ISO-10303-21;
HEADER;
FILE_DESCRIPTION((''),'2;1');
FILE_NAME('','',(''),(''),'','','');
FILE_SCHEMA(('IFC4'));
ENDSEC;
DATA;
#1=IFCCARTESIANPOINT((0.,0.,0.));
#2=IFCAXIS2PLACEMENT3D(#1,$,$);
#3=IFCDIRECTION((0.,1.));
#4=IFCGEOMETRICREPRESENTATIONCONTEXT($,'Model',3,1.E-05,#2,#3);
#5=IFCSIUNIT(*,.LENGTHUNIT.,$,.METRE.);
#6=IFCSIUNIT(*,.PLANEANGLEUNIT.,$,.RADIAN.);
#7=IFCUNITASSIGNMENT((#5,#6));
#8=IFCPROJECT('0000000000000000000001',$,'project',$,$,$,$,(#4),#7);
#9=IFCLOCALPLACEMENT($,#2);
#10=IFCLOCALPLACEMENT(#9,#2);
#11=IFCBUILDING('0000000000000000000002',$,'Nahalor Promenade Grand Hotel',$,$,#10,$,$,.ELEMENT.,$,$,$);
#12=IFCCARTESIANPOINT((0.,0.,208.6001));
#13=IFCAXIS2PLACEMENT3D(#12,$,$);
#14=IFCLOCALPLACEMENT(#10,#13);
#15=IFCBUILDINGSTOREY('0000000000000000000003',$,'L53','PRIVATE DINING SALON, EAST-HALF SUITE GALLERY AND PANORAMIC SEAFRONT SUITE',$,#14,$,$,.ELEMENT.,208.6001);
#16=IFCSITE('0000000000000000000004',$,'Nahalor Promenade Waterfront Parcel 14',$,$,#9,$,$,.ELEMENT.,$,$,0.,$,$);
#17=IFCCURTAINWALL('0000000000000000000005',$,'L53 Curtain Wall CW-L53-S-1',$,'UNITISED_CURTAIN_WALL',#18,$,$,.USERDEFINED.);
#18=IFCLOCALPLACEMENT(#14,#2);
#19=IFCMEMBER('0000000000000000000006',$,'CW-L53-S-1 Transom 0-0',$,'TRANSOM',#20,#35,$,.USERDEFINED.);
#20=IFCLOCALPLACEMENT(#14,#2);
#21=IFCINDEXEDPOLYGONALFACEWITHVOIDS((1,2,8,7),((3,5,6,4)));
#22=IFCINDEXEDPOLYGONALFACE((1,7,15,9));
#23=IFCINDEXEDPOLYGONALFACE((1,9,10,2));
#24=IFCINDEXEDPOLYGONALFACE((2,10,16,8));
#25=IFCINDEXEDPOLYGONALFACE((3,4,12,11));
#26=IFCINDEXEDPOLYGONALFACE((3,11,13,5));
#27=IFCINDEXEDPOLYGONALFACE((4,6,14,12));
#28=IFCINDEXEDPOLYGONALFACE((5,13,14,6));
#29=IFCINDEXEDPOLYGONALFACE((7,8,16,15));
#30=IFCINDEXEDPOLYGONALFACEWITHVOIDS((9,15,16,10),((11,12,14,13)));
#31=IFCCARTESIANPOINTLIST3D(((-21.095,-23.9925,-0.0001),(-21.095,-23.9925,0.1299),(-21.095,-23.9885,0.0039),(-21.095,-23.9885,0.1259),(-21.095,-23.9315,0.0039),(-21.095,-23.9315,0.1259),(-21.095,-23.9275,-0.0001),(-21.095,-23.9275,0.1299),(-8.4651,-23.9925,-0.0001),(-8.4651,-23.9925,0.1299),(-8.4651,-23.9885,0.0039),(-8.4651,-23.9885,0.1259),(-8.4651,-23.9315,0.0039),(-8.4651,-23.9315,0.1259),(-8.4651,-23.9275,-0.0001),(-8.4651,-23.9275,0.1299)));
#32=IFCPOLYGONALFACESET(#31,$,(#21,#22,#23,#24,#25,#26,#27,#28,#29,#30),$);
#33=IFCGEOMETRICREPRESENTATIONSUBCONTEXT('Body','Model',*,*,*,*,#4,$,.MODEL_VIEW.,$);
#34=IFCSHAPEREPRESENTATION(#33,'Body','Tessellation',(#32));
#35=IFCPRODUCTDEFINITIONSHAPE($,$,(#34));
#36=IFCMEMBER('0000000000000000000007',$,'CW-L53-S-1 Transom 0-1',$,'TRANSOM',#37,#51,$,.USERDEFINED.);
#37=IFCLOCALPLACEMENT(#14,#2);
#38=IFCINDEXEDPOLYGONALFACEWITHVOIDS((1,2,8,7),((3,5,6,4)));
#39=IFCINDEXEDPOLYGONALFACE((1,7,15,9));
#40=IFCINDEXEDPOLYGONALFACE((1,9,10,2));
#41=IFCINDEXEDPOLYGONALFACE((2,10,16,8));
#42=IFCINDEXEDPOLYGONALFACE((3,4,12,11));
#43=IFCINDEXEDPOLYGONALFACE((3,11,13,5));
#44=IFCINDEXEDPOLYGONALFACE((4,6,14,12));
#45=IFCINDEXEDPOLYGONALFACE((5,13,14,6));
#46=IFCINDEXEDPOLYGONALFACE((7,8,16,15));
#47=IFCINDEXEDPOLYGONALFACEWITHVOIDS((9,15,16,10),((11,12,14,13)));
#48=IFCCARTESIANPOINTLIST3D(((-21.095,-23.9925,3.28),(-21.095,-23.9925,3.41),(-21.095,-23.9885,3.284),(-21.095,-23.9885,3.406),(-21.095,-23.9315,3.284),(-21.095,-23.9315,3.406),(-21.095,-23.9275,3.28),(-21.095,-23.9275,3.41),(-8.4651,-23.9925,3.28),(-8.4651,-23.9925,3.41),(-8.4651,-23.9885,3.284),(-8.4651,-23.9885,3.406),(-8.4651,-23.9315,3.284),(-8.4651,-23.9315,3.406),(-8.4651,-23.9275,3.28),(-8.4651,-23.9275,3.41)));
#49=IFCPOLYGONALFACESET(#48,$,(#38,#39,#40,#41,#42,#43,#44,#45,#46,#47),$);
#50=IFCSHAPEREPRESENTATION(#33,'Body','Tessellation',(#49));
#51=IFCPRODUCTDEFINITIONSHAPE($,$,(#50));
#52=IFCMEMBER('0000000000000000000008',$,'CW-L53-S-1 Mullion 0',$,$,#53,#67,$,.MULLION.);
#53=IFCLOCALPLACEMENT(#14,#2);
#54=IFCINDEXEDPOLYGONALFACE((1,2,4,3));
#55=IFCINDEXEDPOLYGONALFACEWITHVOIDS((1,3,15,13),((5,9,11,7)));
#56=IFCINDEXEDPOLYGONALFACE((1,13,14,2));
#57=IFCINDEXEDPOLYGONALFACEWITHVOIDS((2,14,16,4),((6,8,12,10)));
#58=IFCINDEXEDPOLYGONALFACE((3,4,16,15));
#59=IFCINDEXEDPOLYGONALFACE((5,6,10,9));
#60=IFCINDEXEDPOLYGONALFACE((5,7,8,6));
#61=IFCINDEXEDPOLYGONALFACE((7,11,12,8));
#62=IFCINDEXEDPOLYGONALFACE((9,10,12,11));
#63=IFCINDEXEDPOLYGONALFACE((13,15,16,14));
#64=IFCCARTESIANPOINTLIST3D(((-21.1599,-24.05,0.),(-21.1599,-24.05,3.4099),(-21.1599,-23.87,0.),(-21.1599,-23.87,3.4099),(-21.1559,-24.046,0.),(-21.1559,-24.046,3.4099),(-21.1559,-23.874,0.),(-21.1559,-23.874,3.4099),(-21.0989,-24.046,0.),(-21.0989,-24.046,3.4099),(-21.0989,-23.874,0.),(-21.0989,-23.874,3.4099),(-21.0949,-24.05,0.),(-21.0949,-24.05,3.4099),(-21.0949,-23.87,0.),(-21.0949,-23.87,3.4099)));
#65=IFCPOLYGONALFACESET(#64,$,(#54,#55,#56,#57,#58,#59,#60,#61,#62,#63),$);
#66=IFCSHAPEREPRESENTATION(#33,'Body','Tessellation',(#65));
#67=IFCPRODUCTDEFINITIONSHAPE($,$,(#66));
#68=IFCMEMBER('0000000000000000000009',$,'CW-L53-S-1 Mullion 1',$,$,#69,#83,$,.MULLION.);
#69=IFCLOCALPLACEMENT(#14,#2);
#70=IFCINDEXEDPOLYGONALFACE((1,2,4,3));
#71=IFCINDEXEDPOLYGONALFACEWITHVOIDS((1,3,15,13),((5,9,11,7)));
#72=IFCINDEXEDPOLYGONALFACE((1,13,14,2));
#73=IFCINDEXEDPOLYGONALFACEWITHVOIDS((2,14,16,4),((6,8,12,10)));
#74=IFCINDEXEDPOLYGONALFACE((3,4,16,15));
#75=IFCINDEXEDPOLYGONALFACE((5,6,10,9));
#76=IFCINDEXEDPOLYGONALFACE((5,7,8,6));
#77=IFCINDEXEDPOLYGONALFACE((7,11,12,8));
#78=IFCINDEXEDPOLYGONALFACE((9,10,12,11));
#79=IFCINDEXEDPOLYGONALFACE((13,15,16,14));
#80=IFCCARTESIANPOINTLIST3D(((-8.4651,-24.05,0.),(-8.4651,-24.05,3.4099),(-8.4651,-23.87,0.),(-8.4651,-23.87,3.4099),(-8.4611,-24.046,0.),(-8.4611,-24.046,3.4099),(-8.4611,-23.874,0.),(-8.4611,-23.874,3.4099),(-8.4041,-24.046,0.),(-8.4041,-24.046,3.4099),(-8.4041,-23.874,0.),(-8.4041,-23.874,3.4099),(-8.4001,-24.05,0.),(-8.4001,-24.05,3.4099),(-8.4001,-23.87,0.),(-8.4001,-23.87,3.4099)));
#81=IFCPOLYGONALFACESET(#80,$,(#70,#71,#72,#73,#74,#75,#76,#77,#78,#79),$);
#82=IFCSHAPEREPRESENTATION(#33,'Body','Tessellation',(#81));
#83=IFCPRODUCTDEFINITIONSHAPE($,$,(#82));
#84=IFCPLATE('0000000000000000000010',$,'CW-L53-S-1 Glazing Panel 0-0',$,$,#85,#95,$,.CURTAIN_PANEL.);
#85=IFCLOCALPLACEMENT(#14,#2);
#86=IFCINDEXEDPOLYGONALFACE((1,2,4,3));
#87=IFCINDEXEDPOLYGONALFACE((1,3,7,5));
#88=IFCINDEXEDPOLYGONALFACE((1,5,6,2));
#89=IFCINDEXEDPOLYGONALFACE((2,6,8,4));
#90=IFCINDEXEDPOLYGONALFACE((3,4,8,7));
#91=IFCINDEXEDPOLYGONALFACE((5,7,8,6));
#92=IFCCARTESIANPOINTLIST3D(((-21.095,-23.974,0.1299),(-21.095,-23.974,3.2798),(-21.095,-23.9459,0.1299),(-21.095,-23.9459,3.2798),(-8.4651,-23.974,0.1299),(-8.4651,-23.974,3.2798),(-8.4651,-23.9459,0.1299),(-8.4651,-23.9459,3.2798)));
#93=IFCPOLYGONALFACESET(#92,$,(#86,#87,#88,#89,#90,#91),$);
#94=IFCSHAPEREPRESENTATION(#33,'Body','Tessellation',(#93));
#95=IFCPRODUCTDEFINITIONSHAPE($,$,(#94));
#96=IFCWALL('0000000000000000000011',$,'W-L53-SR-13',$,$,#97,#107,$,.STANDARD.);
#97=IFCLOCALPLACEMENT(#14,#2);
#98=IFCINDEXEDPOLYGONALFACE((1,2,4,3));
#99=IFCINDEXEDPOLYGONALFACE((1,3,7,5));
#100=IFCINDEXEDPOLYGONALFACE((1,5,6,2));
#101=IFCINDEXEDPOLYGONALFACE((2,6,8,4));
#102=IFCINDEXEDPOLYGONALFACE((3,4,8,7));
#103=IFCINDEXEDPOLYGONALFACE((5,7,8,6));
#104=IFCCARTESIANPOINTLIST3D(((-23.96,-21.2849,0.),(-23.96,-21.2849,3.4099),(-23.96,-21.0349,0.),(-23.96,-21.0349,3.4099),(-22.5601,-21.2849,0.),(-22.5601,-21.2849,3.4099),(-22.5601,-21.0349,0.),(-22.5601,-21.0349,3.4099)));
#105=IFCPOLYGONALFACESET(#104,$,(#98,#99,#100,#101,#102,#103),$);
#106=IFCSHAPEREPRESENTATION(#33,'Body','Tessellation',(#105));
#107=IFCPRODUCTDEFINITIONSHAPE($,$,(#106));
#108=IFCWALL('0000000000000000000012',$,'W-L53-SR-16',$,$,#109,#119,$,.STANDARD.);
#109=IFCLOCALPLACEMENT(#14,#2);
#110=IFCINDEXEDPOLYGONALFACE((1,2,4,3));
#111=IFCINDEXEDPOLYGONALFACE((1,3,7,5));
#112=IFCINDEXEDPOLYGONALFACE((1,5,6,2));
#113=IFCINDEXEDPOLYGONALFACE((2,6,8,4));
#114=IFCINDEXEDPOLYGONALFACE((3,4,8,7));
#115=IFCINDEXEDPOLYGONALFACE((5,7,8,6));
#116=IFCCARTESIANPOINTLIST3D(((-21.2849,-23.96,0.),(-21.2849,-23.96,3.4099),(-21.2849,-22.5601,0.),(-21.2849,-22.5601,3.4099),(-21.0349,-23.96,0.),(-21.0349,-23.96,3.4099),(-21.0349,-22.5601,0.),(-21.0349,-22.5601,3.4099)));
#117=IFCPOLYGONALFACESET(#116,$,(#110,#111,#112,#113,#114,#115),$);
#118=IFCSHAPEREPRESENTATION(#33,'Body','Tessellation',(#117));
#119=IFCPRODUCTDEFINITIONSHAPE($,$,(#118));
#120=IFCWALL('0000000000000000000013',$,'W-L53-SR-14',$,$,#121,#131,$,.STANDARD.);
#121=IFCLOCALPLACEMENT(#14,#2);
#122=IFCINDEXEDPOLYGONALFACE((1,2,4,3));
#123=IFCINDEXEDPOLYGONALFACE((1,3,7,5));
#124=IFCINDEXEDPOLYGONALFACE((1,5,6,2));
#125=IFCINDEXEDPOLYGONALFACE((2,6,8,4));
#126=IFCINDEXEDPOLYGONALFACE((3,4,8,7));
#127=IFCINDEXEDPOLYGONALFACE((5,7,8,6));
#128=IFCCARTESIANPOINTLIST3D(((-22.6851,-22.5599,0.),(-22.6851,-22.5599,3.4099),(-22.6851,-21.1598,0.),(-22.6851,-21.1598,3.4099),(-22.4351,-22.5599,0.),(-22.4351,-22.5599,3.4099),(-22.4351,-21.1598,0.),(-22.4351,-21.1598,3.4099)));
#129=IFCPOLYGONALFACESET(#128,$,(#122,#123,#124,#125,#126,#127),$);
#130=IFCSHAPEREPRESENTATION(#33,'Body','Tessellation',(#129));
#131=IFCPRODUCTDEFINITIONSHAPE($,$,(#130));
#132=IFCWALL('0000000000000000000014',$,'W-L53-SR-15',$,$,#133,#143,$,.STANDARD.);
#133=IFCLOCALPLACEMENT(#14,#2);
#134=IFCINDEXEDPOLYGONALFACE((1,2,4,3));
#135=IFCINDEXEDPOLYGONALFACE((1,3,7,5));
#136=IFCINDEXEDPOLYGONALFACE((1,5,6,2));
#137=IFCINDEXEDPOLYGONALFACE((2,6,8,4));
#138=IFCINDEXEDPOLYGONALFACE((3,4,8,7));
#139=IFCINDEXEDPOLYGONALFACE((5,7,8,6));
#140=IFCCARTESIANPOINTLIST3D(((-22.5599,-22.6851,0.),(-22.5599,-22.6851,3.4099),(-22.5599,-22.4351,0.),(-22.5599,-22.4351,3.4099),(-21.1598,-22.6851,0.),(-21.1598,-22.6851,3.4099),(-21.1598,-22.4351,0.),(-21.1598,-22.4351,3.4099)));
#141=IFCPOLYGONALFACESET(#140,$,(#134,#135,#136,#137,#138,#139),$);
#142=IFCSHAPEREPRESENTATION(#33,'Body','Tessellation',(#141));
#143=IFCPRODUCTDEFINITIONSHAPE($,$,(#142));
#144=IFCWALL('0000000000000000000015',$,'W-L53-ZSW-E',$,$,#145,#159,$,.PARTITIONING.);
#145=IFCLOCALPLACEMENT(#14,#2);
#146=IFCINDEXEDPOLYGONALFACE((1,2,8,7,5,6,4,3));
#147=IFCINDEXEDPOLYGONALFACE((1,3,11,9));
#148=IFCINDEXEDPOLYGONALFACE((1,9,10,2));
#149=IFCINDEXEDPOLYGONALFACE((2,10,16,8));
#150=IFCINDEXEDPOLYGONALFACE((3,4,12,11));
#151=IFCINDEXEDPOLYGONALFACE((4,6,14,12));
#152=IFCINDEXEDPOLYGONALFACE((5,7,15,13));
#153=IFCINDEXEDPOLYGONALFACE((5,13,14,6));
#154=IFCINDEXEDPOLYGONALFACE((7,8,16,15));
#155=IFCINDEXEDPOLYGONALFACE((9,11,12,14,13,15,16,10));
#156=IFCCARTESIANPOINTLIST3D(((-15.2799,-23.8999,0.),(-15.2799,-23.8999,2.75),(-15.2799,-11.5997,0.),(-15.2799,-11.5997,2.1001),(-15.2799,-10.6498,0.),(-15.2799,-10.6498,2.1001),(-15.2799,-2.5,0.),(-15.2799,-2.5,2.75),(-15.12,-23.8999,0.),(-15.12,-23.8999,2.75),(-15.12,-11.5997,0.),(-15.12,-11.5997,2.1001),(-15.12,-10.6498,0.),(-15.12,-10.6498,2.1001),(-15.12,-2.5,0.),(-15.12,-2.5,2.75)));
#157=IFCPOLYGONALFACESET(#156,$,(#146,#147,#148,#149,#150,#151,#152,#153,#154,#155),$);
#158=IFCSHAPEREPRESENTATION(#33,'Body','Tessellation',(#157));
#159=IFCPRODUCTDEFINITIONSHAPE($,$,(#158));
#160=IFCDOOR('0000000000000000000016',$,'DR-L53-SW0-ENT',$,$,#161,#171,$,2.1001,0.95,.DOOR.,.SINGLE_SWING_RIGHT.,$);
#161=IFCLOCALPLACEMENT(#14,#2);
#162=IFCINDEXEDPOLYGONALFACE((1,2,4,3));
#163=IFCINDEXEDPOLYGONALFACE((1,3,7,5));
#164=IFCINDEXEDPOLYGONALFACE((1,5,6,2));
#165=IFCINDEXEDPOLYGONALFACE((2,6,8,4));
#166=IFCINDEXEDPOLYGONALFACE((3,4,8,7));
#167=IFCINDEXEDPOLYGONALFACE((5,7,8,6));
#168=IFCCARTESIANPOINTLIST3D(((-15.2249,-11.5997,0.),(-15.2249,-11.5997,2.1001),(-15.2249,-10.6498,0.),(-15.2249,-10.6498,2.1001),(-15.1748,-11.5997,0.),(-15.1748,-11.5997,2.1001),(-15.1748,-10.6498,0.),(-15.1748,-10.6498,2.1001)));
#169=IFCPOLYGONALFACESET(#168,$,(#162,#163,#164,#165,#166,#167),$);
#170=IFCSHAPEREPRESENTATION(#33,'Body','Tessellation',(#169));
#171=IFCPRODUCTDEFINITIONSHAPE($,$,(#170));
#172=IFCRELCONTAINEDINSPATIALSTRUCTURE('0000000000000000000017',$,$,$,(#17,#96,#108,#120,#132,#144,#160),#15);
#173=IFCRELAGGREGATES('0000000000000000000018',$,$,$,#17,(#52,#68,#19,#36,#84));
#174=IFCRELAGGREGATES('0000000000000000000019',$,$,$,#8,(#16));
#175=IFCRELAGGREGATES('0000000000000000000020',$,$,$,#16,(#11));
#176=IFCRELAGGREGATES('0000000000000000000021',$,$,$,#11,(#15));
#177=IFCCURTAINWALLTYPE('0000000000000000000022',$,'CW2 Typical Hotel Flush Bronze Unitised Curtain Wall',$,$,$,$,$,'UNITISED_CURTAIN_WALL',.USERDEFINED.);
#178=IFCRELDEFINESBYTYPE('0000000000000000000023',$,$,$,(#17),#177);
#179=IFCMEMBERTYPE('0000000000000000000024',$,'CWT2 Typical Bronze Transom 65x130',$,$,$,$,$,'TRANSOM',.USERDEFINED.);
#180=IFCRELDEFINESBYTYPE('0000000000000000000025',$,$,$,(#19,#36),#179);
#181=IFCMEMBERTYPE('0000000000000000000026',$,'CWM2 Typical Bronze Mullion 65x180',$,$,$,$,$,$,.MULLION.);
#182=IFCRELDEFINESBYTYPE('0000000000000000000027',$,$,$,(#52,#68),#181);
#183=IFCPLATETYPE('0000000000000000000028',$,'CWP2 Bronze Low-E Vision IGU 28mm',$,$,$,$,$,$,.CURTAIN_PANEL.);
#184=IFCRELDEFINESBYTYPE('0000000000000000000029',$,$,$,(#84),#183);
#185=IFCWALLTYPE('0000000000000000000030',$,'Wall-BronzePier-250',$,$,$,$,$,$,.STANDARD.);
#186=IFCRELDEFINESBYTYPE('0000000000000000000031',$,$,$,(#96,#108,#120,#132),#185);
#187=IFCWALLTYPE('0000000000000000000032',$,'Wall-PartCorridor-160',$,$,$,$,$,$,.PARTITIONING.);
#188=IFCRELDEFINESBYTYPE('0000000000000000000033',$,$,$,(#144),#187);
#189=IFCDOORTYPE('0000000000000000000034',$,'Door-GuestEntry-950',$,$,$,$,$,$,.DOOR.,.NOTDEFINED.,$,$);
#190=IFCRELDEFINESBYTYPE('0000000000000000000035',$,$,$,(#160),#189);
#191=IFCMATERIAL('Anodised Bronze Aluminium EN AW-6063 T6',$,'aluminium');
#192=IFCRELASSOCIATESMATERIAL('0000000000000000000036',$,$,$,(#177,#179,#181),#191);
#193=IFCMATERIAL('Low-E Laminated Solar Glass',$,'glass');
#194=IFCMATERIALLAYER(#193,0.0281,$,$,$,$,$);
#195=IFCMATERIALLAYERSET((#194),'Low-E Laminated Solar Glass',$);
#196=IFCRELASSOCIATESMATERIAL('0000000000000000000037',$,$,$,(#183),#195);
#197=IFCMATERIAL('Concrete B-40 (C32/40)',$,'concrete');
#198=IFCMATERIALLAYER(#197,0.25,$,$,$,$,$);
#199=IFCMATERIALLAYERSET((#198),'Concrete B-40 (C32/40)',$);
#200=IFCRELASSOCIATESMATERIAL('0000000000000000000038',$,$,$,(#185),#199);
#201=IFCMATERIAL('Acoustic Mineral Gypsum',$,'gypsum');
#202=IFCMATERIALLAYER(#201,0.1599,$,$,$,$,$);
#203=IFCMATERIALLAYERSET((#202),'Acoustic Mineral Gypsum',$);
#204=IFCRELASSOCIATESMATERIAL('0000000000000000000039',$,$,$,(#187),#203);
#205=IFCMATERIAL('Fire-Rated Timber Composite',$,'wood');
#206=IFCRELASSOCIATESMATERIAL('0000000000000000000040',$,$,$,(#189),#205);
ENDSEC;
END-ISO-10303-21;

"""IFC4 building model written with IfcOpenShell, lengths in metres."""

from ifc_helpers import new_model, si_unit, direction, frame, frame_2d, origin, origin_2d, place, context, subcontext, project, spatial, rectangle, hollow_rectangle, extrude, source, transform, mapped, material, layer, layer_set, material_profile, profile_set, type_object, element, fill, aggregate, save


model = new_model("IFC4")

# Units and contexts
model_context = context("Model", 3, precision=1e-05, world=origin(), true_north=direction((0.0, 1.0)))
body_context = subcontext(model_context, "Body", "Model", "MODEL_VIEW")
ifc_project = project(units=[si_unit("LENGTHUNIT", "METRE"), si_unit("PLANEANGLEUNIT", "RADIAN")], contexts=[model_context])

# Site, building, storey
site_placement = place(None, origin())
site = spatial("IfcSite", under=ifc_project, at=site_placement, Name="Nahalor Promenade Waterfront Parcel 14", CompositionType="ELEMENT", RefElevation=0.0)
building_placement = place(site_placement, origin())
building = spatial("IfcBuilding", under=site, at=building_placement, Name="Nahalor Promenade Grand Hotel", CompositionType="ELEMENT")
storey_placement = place(building_placement, frame((0.0, 0.0, 208.6001)))
storey = spatial("IfcBuildingStorey", under=building, at=storey_placement, Name="L53", Description="PRIVATE DINING SALON, EAST-HALF SUITE GALLERY AND PANORAMIC SEAFRONT SUITE", CompositionType="ELEMENT", Elevation=208.6001)

# Curtain wall, members, plate
ifc_material_1 = material(Name="Anodised Bronze Aluminium EN AW-6063 T6", Category="aluminium")
curtain_wall_type = type_object("IfcCurtainWallType", Name="CW2 Typical Hotel Flush Bronze Unitised Curtain Wall", ElementType="UNITISED_CURTAIN_WALL", PredefinedType="USERDEFINED", material=ifc_material_1)
curtain_wall_placement = place(storey_placement, origin())
curtain_wall = element("IfcCurtainWall", 1, at=curtain_wall_placement, inside=storey, type_object=curtain_wall_type, Name="L53 Curtain Wall CW-L53-S-1", ObjectType="UNITISED_CURTAIN_WALL", PredefinedType="USERDEFINED")
ifc_material_profile_1 = material_profile(ifc_material_1, hollow_rectangle(XDim=0.065, YDim=0.13, WallThickness=0.004, at=origin_2d()), Name="CWT 65x130x4")
ifc_profile_set_1 = profile_set([ifc_material_profile_1], Name="Anodised Bronze Aluminium EN AW-6063 T6")
member_type_1 = type_object("IfcMemberType", Name="CWT2 Typical Bronze Transom 65x130", ElementType="TRANSOM", PredefinedType="USERDEFINED", material=ifc_profile_set_1)
shared_shape_1 = source(origin(), body_context, "Body", "SweptSolid", [
    extrude(hollow_rectangle(XDim=0.065, YDim=0.13, WallThickness=0.004, at=origin_2d()), origin(), (0.0, 0.0, 1.0), 12.6299),
])
member_1_placement = place(storey_placement, frame((-21.095, -23.96, 0.0649), z_axis=(1.0, 0.0, 0.0), x_axis=(0.0, 1.0, 0.0)))
member_1 = element("IfcMember", 2, at=member_1_placement, type_object=member_type_1, Name="CW-L53-S-1 Transom 0-0", ObjectType="TRANSOM", PredefinedType="USERDEFINED", context=body_context, shape_type="MappedRepresentation", body=[
    mapped(shared_shape_1, transform((0.0, 0.0, 0.0), scale=1.0)),
])
member_2_placement = place(storey_placement, frame((-21.095, -23.96, 3.345), z_axis=(1.0, 0.0, 0.0), x_axis=(0.0, 1.0, 0.0)))
member_2 = element("IfcMember", 3, at=member_2_placement, type_object=member_type_1, Name="CW-L53-S-1 Transom 0-1", ObjectType="TRANSOM", PredefinedType="USERDEFINED", context=body_context, shape_type="MappedRepresentation", body=[
    mapped(shared_shape_1, transform((0.0, 0.0, 0.0), scale=1.0)),
])
ifc_material_profile_2 = material_profile(ifc_material_1, hollow_rectangle(XDim=0.065, YDim=0.18, WallThickness=0.004, at=origin_2d()), Name="CWM 65x180x4")
ifc_profile_set_2 = profile_set([ifc_material_profile_2], Name="Anodised Bronze Aluminium EN AW-6063 T6")
member_type_2 = type_object("IfcMemberType", Name="CWM2 Typical Bronze Mullion 65x180", PredefinedType="MULLION", material=ifc_profile_set_2)
shared_shape_2 = source(origin(), body_context, "Body", "SweptSolid", [
    extrude(hollow_rectangle(XDim=0.065, YDim=0.18, WallThickness=0.004, at=origin_2d()), origin(), (0.0, 0.0, 1.0), 3.4099),
])
member_3_placement = place(storey_placement, frame((-21.1274, -23.96, 0.0), z_axis=(0.0, 0.0, 1.0), x_axis=(1.0, 0.0, 0.0)))
member_3 = element("IfcMember", 4, at=member_3_placement, type_object=member_type_2, Name="CW-L53-S-1 Mullion 0", PredefinedType="MULLION", context=body_context, shape_type="MappedRepresentation", body=[
    mapped(shared_shape_2, transform((0.0, 0.0, 0.0), scale=1.0)),
])
member_4_placement = place(storey_placement, frame((-8.4326, -23.96, 0.0), z_axis=(0.0, 0.0, 1.0), x_axis=(1.0, 0.0, 0.0)))
member_4 = element("IfcMember", 5, at=member_4_placement, type_object=member_type_2, Name="CW-L53-S-1 Mullion 1", PredefinedType="MULLION", context=body_context, shape_type="MappedRepresentation", body=[
    mapped(shared_shape_2, transform((0.0, 0.0, 0.0), scale=1.0)),
])
ifc_material_2 = material(Name="Low-E Laminated Solar Glass", Category="glass")
ifc_layer_1 = layer(ifc_material_2, 0.0281)
ifc_layer_set_1 = layer_set([ifc_layer_1], Name="Low-E Laminated Solar Glass")
plate_type = type_object("IfcPlateType", Name="CWP2 Bronze Low-E Vision IGU 28mm", PredefinedType="CURTAIN_PANEL", material=ifc_layer_set_1)
shared_shape_3 = source(origin(), body_context, "Body", "SweptSolid", [
    extrude(rectangle(XDim=12.6299, YDim=0.0281, at=origin_2d()), origin(), (0.0, 0.0, 1.0), 3.1499),
])
plate_placement = place(storey_placement, frame((-14.78, -23.96, 0.1299), z_axis=(0.0, 0.0, 1.0), x_axis=(1.0, 0.0, 0.0)))
plate = element("IfcPlate", 6, at=plate_placement, type_object=plate_type, Name="CW-L53-S-1 Glazing Panel 0-0", PredefinedType="CURTAIN_PANEL", context=body_context, shape_type="MappedRepresentation", body=[
    mapped(shared_shape_3, transform((0.0, 0.0, 0.0), scale=1.0)),
])
aggregate(curtain_wall, [member_3, member_4, member_1, member_2, plate])

# Walls
ifc_material_3 = material(Name="Concrete B-40 (C32/40)", Category="concrete")
ifc_layer_2 = layer(ifc_material_3, 0.25)
ifc_layer_set_2 = layer_set([ifc_layer_2], Name="Concrete B-40 (C32/40)")
wall_type_1 = type_object("IfcWallType", Name="Wall-BronzePier-250", PredefinedType="STANDARD", material=ifc_layer_set_2)
shared_shape_4 = source(origin(), body_context, "Body", "SweptSolid", [
    extrude(rectangle(XDim=1.3999, YDim=0.25, at=frame_2d((0.7, 0.0))), origin(), (0.0, 0.0, 1.0), 3.4099),
])
for number, where, z_axis, x_axis, name in (
    (7, (-23.96, -21.1599, 0.0), (0.0, 0.0, 1.0), (1.0, 0.0, 0.0), "W-L53-SR-13"),
    (8, (-21.1599, -23.96, 0.0), (0.0, 0.0, 1.0), (0.0, 1.0, 0.0), "W-L53-SR-16"),
):
    element("IfcWall", number, at=place(storey_placement, frame(where, z_axis=z_axis, x_axis=x_axis)), inside=storey, type_object=wall_type_1, Name=name, PredefinedType="STANDARD", context=body_context, shape_type="MappedRepresentation", body=[
        mapped(shared_shape_4, transform((0.0, 0.0, 0.0), scale=1.0)),
    ])
shared_shape_5 = source(origin(), body_context, "Body", "SweptSolid", [
    extrude(rectangle(XDim=1.4001, YDim=0.25, at=frame_2d((0.7002, 0.0))), origin(), (0.0, 0.0, 1.0), 3.4099),
])
for number, where, z_axis, x_axis, name in (
    (9, (-22.5601, -22.5601, 0.0), (0.0, 0.0, 1.0), (0.0, 1.0, 0.0), "W-L53-SR-14"),
    (10, (-22.5601, -22.5601, 0.0), (0.0, 0.0, 1.0), (1.0, 0.0, 0.0), "W-L53-SR-15"),
):
    element("IfcWall", number, at=place(storey_placement, frame(where, z_axis=z_axis, x_axis=x_axis)), inside=storey, type_object=wall_type_1, Name=name, PredefinedType="STANDARD", context=body_context, shape_type="MappedRepresentation", body=[
        mapped(shared_shape_5, transform((0.0, 0.0, 0.0), scale=1.0)),
    ])

# Wall, opening, door
ifc_material_4 = material(Name="Acoustic Mineral Gypsum", Category="gypsum")
ifc_layer_3 = layer(ifc_material_4, 0.1599)
ifc_layer_set_3 = layer_set([ifc_layer_3], Name="Acoustic Mineral Gypsum")
wall_type_2 = type_object("IfcWallType", Name="Wall-PartCorridor-160", PredefinedType="PARTITIONING", material=ifc_layer_set_3)
shared_shape_6 = source(origin(), body_context, "Body", "SweptSolid", [
    extrude(rectangle(XDim=21.3999, YDim=0.1599, at=frame_2d((10.7, 0.0))), origin(), (0.0, 0.0, 1.0), 2.75),
])
wall_1_placement = place(storey_placement, frame((-15.2, -23.8999, 0.0), z_axis=(0.0, 0.0, 1.0), x_axis=(0.0, 1.0, 0.0)))
wall_1 = element("IfcWall", 11, at=wall_1_placement, inside=storey, type_object=wall_type_2, Name="W-L53-ZSW-E", PredefinedType="PARTITIONING", context=body_context, shape_type="MappedRepresentation", body=[
    mapped(shared_shape_6, transform((0.0, 0.0, 0.0), scale=1.0)),
])
opening_1_placement = place(wall_1_placement, frame((12.3, 0.0, 0.0)))
opening_1 = element("IfcOpeningElement", 12, at=opening_1_placement, cuts=wall_1, PredefinedType="OPENING", context=body_context, shape_type="SweptSolid", body=[
    extrude(rectangle(XDim=0.95, YDim=2.1001, at=frame_2d((0.4751, 1.05))), frame((0.0, 0.0898, 0.0), z_axis=(0.0, -1.0, 0.0), x_axis=(1.0, 0.0, 0.0)), (0.0, 0.0, 1.0), 0.1799),
])
ifc_material_5 = material(Name="Fire-Rated Timber Composite", Category="wood")
door_type_1 = type_object("IfcDoorType", Name="Door-GuestEntry-950", OperationType="NOTDEFINED", PredefinedType="DOOR", material=ifc_material_5)
shared_shape_7 = source(origin(), body_context, "Body", "SweptSolid", [
    extrude(rectangle(XDim=0.95, YDim=2.1001, at=frame_2d((0.4751, 1.05))), frame((0.0, 0.0249, 0.0), z_axis=(0.0, -1.0, 0.0), x_axis=(1.0, 0.0, 0.0)), (0.0, 0.0, 1.0), 0.05),
])
door_1_placement = place(opening_1_placement, origin())
door_1 = element("IfcDoor", 13, at=door_1_placement, inside=storey, type_object=door_type_1, Name="DR-L53-SW0-ENT", OperationType="SINGLE_SWING_RIGHT", OverallHeight=2.1001, OverallWidth=0.95, PredefinedType="DOOR", context=body_context, shape_type="MappedRepresentation", body=[
    mapped(shared_shape_7, transform((0.0, 0.0, 0.0), scale=1.0)),
])
fill(opening_1, door_1)

save(model, "model.ifc")
